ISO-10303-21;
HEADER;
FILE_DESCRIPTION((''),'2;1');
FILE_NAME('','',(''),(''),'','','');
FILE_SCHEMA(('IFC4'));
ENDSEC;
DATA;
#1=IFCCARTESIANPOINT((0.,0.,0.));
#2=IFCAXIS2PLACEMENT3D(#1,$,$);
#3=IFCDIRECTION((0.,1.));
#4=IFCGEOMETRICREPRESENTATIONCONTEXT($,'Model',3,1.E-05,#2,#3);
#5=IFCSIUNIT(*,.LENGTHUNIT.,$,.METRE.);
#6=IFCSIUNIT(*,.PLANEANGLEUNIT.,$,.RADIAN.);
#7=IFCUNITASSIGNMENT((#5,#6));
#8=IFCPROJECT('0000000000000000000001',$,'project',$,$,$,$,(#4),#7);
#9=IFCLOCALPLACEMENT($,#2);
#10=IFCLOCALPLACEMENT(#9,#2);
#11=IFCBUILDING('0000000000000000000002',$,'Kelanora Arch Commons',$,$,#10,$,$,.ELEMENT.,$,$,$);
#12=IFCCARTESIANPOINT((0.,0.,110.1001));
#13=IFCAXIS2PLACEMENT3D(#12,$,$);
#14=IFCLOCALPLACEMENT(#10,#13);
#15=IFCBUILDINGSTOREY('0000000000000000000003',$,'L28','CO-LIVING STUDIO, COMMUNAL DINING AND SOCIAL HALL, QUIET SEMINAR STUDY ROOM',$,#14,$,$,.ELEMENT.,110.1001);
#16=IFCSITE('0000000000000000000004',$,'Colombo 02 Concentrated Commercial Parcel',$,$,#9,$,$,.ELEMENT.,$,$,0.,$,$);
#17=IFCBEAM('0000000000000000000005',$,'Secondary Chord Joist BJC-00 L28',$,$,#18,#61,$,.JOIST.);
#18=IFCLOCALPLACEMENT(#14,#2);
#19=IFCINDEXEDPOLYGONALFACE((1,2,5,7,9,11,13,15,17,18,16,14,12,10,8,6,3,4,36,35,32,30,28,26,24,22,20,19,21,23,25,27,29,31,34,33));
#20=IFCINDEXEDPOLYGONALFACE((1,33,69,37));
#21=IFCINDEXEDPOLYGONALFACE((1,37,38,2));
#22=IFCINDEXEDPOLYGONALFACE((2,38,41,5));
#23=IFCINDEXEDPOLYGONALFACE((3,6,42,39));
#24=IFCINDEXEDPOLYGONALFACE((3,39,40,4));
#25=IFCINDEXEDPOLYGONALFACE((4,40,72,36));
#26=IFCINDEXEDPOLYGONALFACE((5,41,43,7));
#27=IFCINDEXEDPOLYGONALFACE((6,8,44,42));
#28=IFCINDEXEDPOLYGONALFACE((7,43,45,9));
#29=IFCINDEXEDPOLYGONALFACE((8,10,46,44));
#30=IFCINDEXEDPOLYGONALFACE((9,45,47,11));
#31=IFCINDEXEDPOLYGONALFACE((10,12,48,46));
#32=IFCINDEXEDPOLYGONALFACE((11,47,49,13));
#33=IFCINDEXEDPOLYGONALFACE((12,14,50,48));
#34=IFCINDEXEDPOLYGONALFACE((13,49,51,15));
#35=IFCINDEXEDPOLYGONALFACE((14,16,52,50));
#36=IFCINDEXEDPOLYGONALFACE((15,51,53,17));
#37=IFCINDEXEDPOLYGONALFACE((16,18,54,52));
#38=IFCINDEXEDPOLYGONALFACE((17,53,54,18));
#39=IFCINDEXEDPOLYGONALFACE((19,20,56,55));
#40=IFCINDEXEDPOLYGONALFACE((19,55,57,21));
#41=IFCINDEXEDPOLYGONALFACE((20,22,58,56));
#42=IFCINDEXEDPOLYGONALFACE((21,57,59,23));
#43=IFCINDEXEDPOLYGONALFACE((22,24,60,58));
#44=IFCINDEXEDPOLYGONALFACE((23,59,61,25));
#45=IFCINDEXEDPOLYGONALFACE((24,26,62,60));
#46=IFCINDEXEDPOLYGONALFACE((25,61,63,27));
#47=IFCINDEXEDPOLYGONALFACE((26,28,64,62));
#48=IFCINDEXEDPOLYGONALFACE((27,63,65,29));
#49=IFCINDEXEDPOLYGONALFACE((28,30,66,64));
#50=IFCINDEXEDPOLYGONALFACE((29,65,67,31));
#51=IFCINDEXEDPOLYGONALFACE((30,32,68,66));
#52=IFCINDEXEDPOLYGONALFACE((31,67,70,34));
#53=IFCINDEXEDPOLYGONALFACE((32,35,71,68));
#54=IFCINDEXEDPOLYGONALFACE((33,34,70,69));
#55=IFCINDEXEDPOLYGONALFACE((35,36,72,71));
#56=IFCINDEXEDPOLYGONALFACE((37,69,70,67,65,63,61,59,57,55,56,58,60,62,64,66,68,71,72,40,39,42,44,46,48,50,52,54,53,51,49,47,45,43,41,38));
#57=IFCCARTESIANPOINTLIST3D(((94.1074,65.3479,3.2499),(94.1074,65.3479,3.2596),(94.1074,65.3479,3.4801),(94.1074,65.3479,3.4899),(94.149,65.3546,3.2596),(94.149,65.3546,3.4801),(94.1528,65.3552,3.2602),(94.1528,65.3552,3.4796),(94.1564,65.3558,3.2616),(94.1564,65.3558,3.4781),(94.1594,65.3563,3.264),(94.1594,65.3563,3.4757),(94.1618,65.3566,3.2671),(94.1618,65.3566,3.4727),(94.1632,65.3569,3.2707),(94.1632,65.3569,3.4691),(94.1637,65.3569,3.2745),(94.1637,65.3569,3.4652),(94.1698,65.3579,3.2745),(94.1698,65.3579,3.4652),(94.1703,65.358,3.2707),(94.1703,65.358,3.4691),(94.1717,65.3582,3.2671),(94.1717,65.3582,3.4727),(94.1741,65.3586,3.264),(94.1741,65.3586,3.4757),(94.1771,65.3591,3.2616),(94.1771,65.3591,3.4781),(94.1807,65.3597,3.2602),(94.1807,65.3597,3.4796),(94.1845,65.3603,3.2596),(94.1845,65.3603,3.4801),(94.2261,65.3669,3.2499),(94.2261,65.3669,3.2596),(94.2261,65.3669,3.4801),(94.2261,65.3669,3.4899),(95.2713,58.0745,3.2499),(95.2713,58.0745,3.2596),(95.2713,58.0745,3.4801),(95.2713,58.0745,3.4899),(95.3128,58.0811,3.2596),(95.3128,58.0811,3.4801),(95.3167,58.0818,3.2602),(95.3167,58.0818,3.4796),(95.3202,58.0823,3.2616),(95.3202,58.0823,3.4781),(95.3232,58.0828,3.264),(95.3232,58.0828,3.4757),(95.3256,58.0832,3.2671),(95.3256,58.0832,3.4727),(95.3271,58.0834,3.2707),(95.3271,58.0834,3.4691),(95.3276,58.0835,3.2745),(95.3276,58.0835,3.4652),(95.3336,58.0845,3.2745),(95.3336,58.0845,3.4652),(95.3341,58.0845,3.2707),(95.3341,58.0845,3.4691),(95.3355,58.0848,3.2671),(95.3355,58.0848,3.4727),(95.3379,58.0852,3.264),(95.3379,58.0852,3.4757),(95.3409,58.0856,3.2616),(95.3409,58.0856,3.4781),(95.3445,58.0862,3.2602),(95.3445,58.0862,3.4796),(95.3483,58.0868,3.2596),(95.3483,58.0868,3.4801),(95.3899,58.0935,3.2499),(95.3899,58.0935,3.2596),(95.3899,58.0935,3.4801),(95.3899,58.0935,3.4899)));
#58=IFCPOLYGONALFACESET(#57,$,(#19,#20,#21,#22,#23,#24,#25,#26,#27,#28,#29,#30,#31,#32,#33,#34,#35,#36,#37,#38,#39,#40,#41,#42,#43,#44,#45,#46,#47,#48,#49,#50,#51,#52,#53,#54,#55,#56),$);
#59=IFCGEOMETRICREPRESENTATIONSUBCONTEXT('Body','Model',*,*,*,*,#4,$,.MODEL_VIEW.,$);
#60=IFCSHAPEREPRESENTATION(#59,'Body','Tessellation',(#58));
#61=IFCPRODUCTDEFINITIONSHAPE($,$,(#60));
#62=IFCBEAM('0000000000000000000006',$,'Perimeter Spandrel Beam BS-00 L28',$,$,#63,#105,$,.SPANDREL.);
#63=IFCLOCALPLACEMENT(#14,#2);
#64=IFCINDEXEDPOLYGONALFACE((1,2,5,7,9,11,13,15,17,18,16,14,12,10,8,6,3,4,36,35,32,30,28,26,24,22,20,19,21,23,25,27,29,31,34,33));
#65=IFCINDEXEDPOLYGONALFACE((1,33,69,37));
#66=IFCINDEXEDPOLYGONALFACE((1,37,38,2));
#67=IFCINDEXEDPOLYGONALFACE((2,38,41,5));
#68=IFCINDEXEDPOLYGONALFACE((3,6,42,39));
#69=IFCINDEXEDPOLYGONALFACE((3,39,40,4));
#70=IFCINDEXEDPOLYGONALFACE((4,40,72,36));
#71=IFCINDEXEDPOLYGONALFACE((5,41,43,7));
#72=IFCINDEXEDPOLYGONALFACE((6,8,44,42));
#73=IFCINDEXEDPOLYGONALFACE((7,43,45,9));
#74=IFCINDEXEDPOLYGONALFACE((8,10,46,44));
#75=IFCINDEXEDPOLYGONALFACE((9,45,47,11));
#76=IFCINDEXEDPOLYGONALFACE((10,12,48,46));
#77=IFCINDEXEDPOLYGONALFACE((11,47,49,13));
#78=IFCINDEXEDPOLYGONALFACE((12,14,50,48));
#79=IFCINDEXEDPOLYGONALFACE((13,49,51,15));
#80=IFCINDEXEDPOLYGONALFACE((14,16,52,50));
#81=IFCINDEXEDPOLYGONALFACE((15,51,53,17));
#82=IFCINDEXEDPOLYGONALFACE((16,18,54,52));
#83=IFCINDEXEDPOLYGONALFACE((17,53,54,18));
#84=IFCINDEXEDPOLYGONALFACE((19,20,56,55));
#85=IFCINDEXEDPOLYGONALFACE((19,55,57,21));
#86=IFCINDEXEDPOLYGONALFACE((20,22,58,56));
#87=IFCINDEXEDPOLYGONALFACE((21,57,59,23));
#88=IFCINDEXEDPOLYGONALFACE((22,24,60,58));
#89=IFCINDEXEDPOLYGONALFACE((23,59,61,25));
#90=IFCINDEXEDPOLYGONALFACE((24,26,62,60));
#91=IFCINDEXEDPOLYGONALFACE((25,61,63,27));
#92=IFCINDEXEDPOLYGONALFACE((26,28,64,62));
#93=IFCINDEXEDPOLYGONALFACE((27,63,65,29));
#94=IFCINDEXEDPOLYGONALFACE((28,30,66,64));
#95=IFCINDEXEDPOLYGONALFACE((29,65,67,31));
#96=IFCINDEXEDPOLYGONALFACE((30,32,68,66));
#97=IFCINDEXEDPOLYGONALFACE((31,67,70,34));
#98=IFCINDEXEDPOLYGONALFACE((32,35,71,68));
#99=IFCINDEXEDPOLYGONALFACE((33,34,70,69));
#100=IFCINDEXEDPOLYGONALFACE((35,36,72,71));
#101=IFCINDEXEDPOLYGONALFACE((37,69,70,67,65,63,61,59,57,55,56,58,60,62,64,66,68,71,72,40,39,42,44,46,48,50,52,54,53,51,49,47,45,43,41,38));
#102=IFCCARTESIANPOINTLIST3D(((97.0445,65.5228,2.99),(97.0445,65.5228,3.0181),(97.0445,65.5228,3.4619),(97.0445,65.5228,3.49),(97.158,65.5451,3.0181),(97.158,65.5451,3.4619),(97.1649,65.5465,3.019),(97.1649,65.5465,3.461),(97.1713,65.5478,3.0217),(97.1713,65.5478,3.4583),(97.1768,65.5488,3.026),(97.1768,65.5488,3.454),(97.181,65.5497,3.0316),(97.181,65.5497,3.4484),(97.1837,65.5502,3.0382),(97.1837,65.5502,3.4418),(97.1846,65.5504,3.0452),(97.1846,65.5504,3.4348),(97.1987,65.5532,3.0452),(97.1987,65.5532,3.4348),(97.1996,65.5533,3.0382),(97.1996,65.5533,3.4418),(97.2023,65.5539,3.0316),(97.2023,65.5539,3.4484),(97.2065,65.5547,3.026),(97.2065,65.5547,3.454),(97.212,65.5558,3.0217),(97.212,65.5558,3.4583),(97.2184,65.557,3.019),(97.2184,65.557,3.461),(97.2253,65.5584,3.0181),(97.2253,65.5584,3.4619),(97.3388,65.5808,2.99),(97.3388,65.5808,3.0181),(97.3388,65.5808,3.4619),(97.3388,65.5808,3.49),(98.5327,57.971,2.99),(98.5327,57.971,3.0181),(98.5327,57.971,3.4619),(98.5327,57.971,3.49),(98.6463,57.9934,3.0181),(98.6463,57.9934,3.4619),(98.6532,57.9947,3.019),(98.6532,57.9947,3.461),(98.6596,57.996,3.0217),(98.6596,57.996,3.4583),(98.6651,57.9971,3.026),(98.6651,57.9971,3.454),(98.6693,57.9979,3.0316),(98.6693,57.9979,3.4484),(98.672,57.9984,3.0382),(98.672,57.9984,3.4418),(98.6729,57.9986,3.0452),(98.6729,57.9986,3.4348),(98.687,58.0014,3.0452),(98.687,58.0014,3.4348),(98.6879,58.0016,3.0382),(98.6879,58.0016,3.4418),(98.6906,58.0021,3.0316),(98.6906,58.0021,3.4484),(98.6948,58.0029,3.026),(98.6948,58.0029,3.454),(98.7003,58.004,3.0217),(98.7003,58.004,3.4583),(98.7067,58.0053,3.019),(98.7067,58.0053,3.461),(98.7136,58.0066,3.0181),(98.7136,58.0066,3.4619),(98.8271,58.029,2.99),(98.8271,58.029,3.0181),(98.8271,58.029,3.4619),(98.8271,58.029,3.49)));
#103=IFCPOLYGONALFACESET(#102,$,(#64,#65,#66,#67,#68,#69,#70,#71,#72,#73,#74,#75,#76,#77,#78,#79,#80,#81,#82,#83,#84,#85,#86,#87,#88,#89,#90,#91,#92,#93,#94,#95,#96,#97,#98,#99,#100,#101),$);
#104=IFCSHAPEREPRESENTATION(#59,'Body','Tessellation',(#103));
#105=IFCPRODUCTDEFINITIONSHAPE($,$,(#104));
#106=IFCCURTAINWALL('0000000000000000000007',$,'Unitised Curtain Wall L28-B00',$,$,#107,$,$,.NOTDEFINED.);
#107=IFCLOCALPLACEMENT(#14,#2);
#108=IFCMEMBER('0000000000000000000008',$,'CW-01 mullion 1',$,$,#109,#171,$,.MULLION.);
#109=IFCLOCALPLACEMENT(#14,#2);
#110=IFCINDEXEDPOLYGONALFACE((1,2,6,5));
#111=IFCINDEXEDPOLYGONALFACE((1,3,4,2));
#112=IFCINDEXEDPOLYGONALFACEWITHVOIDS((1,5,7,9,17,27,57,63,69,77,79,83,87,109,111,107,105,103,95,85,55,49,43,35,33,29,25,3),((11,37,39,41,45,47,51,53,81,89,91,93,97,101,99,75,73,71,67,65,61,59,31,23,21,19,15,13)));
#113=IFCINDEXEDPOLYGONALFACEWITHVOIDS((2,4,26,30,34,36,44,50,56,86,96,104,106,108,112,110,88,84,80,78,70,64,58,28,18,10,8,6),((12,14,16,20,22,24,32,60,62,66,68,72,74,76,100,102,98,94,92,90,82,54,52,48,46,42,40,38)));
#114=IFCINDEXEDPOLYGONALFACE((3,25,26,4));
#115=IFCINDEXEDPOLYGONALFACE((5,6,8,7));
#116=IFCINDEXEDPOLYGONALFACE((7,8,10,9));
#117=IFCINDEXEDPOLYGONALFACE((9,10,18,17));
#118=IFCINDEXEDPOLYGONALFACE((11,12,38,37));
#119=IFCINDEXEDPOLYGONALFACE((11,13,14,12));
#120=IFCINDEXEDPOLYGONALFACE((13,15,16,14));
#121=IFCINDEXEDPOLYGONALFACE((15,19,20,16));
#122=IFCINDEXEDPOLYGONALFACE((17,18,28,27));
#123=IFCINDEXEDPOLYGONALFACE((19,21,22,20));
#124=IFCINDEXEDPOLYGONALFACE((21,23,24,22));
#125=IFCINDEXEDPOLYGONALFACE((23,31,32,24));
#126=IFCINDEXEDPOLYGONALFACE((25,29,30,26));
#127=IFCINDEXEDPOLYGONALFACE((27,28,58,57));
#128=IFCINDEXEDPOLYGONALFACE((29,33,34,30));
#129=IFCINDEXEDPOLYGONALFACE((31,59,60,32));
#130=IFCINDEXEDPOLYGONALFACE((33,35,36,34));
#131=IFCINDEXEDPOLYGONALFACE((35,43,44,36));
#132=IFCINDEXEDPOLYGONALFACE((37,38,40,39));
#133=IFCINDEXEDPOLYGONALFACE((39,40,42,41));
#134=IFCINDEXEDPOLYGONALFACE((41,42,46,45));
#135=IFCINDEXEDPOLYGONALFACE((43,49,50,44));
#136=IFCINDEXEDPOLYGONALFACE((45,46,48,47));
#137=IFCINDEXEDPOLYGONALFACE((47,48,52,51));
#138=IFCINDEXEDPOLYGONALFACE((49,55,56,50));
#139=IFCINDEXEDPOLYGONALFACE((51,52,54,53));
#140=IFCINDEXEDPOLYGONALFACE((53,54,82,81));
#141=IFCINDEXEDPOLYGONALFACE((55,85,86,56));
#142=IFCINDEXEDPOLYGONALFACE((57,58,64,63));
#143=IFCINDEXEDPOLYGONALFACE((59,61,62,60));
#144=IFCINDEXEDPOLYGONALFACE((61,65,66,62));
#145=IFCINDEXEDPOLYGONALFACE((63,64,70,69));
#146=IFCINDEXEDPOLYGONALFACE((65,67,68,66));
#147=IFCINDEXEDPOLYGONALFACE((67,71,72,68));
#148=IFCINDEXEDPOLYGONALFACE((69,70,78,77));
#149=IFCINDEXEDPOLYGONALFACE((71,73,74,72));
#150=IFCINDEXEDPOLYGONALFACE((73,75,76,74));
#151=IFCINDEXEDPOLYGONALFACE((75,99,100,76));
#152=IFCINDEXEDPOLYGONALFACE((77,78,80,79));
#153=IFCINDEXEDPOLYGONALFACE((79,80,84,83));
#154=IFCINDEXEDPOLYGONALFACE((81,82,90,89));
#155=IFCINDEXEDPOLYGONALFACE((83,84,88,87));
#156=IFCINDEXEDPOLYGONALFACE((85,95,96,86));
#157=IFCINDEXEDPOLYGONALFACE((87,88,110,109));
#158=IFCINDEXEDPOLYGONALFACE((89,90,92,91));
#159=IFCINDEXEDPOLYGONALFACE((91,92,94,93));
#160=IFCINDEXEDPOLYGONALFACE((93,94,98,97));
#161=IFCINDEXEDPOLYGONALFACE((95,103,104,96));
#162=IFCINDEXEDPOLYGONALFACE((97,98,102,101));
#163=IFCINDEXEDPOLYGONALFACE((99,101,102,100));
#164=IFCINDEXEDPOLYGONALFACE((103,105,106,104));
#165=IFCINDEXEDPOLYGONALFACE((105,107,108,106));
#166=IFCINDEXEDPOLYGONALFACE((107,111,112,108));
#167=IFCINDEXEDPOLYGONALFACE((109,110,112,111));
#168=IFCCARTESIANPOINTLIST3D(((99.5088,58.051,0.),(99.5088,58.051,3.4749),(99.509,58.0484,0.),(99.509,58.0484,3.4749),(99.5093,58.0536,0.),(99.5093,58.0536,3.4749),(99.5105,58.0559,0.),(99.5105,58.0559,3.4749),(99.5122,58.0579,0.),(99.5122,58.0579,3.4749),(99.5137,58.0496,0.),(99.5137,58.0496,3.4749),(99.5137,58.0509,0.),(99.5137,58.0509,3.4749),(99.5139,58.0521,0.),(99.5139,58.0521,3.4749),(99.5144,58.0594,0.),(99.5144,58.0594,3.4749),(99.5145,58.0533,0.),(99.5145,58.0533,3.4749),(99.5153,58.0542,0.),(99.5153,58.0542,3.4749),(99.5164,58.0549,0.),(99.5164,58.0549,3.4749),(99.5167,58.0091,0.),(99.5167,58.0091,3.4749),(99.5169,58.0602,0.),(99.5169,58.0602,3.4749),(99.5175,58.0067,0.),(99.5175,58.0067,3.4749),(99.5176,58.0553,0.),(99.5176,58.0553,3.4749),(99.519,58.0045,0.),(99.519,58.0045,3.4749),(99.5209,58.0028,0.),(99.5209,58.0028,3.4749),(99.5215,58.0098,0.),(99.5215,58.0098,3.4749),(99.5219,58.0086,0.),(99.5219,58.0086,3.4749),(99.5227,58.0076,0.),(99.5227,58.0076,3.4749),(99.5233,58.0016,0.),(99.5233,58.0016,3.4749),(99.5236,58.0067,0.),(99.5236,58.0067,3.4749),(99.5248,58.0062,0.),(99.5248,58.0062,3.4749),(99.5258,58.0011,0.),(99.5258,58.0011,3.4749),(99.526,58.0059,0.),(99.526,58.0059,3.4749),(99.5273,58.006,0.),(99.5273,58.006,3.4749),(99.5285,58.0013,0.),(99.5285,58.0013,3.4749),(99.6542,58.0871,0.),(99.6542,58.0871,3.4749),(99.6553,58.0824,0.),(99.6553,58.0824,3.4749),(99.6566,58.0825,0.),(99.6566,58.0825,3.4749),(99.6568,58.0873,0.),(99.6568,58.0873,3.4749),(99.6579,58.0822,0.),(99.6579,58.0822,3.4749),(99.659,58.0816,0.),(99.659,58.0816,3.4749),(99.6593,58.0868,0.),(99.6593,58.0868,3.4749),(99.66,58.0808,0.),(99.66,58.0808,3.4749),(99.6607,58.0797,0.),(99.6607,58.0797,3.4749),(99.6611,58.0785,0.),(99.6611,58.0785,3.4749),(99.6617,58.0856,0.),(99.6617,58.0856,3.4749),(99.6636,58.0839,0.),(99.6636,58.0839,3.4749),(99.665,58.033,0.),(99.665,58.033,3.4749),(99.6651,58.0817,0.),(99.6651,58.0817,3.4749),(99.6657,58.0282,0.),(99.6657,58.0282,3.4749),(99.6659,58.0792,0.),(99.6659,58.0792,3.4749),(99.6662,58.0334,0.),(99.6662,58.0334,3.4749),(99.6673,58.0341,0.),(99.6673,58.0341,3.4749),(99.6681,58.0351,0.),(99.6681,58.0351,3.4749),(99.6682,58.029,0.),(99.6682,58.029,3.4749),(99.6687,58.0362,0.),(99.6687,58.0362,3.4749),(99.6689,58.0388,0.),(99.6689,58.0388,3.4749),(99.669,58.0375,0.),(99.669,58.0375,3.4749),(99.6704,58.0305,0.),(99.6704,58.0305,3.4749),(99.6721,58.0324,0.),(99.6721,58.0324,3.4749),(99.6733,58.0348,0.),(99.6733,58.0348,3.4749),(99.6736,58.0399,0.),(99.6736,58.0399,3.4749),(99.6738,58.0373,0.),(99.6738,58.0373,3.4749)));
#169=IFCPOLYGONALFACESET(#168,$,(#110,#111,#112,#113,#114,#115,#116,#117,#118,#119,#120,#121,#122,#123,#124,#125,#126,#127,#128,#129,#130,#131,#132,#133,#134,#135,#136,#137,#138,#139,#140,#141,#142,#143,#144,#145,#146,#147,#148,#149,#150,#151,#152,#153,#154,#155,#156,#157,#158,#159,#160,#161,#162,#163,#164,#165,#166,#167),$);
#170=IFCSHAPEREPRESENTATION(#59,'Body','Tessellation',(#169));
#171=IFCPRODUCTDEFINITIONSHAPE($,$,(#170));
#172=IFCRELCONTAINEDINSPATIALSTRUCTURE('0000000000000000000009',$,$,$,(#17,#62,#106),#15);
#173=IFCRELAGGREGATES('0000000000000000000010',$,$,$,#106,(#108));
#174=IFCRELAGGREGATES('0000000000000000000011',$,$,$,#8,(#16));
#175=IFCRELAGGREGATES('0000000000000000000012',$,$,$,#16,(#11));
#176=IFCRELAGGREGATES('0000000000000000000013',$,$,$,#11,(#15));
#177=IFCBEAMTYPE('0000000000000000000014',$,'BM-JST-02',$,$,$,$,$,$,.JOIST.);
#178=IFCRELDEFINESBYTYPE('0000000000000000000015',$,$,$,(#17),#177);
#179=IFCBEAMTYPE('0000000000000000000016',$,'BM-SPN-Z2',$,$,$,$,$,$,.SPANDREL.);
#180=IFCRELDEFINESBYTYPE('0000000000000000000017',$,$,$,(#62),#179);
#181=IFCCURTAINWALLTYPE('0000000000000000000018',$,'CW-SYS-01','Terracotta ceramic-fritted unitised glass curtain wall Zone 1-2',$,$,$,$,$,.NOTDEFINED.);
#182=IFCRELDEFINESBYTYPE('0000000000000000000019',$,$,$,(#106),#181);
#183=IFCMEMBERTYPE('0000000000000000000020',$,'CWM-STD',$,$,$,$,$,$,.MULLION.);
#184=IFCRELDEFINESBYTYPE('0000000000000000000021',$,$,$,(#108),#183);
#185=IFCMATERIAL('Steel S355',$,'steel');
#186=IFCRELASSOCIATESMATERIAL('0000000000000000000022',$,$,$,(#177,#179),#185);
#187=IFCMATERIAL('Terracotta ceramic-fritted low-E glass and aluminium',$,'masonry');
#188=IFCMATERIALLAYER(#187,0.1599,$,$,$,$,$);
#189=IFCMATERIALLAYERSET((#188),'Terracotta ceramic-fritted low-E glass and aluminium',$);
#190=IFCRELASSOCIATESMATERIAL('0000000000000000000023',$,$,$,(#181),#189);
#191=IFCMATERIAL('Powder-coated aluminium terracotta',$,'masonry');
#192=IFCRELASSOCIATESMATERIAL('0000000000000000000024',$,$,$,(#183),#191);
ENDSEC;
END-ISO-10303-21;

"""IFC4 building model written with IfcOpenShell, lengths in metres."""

from ifc_helpers import new_model, si_unit, direction, frame, origin, origin_2d, place, context, subcontext, project, spatial, hollow_rectangle, i_section, extrude, material, layer, layer_set, material_profile, profile_set, type_object, element, aggregate, save


model = new_model("IFC4")

# Units and contexts
model_context = context("Model", 3, precision=1e-05, world=origin(), true_north=direction((0.0, 1.0)))
body_context = subcontext(model_context, "Body", "Model", "MODEL_VIEW")
ifc_project = project(units=[si_unit("LENGTHUNIT", "METRE"), si_unit("PLANEANGLEUNIT", "RADIAN")], contexts=[model_context])

# Site, building, storey
site_placement = place(None, origin())
site = spatial("IfcSite", under=ifc_project, at=site_placement, Name="Colombo 02 Concentrated Commercial Parcel", CompositionType="ELEMENT", RefElevation=0.0)
building_placement = place(site_placement, origin())
building = spatial("IfcBuilding", under=site, at=building_placement, Name="Kelanora Arch Commons", CompositionType="ELEMENT")
storey_placement = place(building_placement, frame((0.0, 0.0, 110.1001)))
storey = spatial("IfcBuildingStorey", under=building, at=storey_placement, Name="L28", Description="CO-LIVING STUDIO, COMMUNAL DINING AND SOCIAL HALL, QUIET SEMINAR STUDY ROOM", CompositionType="ELEMENT", Elevation=110.1001)

# Beams
ifc_material_1 = material(Name="Steel S355", Category="steel")
ifc_material_profile_1 = material_profile(ifc_material_1, i_section(OverallWidth=0.1201, OverallDepth=0.24, WebThickness=0.0061, FlangeThickness=0.0098, FilletRadius=0.0149, at=origin_2d()), Name="IPE240")
ifc_profile_set_1 = profile_set([ifc_material_profile_1], Name="Steel S355")
beam_type_1 = type_object("IfcBeamType", Name="BM-JST-02", PredefinedType="JOIST", material=ifc_profile_set_1)
beam_1_placement = place(storey_placement, frame((95.3306, 58.084, 3.3699), z_axis=(-0.158, 0.987439, 0.0), x_axis=(-0.987439, -0.158, 0.0)))
element("IfcBeam", 1, at=beam_1_placement, inside=storey, type_object=beam_type_1, Name="Secondary Chord Joist BJC-00 L28", PredefinedType="JOIST", context=body_context, shape_type="SweptSolid", body=[
    extrude(i_section(OverallWidth=0.1201, OverallDepth=0.24, WebThickness=0.0061, FlangeThickness=0.0098, FilletRadius=0.0149, at=origin_2d()), origin(), (0.0, 0.0, 1.0), 7.366),
])
ifc_material_profile_2 = material_profile(ifc_material_1, i_section(OverallWidth=0.3, OverallDepth=0.5, WebThickness=0.0144, FlangeThickness=0.0281, FilletRadius=0.0271, at=origin_2d()), Name="HEB500")
ifc_profile_set_2 = profile_set([ifc_material_profile_2], Name="Steel S355")
beam_type_2 = type_object("IfcBeamType", Name="BM-SPN-Z2", PredefinedType="SPANDREL", material=ifc_profile_set_2)
beam_2_placement = place(storey_placement, frame((98.6799, 58.0, 3.24), z_axis=(-0.193358, 0.981128, 0.0), x_axis=(-0.981128, -0.193358, 0.0)))
element("IfcBeam", 2, at=beam_2_placement, inside=storey, type_object=beam_type_2, Name="Perimeter Spandrel Beam BS-00 L28", PredefinedType="SPANDREL", context=body_context, shape_type="SweptSolid", body=[
    extrude(i_section(OverallWidth=0.3, OverallDepth=0.5, WebThickness=0.0144, FlangeThickness=0.0281, FilletRadius=0.0271, at=origin_2d()), origin(), (0.0, 0.0, 1.0), 7.697),
])

# Curtain wall, member
ifc_material_2 = material(Name="Terracotta ceramic-fritted low-E glass and aluminium", Category="masonry")
ifc_layer_1 = layer(ifc_material_2, 0.1599)
ifc_layer_set_1 = layer_set([ifc_layer_1], Name="Terracotta ceramic-fritted low-E glass and aluminium")
curtain_wall_type = type_object("IfcCurtainWallType", Name="CW-SYS-01", Description="Terracotta ceramic-fritted unitised glass curtain wall Zone 1-2", PredefinedType="NOTDEFINED", material=ifc_layer_set_1)
curtain_wall_placement = place(storey_placement, origin())
curtain_wall = element("IfcCurtainWall", 3, at=curtain_wall_placement, inside=storey, type_object=curtain_wall_type, Name="Unitised Curtain Wall L28-B00", PredefinedType="NOTDEFINED")
ifc_material_3 = material(Name="Powder-coated aluminium terracotta", Category="masonry")
ifc_material_profile_3 = material_profile(ifc_material_3, hollow_rectangle(XDim=0.1599, YDim=0.0601, WallThickness=0.0049, InnerFilletRadius=0.0049, OuterFilletRadius=0.01, at=origin_2d()), Name="CWM160x60")
ifc_profile_set_3 = profile_set([ifc_material_profile_3], Name="Powder-coated aluminium terracotta")
member_type_1 = type_object("IfcMemberType", Name="CWM-STD", PredefinedType="MULLION", material=ifc_profile_set_3)
member_1_placement = place(storey_placement, frame((99.5913, 58.0442, 0.0), z_axis=(0.0, 0.0, 1.0), x_axis=(-0.98128, -0.192585, 0.0)))
member_1 = element("IfcMember", 4, at=member_1_placement, type_object=member_type_1, Name="CW-01 mullion 1", PredefinedType="MULLION", context=body_context, shape_type="SweptSolid", body=[
    extrude(hollow_rectangle(XDim=0.1599, YDim=0.0601, WallThickness=0.0049, InnerFilletRadius=0.0049, OuterFilletRadius=0.01, at=origin_2d()), origin(), (0.0, 0.0, 1.0), 3.4749),
])
aggregate(curtain_wall, [member_1])

save(model, "model.ifc")
